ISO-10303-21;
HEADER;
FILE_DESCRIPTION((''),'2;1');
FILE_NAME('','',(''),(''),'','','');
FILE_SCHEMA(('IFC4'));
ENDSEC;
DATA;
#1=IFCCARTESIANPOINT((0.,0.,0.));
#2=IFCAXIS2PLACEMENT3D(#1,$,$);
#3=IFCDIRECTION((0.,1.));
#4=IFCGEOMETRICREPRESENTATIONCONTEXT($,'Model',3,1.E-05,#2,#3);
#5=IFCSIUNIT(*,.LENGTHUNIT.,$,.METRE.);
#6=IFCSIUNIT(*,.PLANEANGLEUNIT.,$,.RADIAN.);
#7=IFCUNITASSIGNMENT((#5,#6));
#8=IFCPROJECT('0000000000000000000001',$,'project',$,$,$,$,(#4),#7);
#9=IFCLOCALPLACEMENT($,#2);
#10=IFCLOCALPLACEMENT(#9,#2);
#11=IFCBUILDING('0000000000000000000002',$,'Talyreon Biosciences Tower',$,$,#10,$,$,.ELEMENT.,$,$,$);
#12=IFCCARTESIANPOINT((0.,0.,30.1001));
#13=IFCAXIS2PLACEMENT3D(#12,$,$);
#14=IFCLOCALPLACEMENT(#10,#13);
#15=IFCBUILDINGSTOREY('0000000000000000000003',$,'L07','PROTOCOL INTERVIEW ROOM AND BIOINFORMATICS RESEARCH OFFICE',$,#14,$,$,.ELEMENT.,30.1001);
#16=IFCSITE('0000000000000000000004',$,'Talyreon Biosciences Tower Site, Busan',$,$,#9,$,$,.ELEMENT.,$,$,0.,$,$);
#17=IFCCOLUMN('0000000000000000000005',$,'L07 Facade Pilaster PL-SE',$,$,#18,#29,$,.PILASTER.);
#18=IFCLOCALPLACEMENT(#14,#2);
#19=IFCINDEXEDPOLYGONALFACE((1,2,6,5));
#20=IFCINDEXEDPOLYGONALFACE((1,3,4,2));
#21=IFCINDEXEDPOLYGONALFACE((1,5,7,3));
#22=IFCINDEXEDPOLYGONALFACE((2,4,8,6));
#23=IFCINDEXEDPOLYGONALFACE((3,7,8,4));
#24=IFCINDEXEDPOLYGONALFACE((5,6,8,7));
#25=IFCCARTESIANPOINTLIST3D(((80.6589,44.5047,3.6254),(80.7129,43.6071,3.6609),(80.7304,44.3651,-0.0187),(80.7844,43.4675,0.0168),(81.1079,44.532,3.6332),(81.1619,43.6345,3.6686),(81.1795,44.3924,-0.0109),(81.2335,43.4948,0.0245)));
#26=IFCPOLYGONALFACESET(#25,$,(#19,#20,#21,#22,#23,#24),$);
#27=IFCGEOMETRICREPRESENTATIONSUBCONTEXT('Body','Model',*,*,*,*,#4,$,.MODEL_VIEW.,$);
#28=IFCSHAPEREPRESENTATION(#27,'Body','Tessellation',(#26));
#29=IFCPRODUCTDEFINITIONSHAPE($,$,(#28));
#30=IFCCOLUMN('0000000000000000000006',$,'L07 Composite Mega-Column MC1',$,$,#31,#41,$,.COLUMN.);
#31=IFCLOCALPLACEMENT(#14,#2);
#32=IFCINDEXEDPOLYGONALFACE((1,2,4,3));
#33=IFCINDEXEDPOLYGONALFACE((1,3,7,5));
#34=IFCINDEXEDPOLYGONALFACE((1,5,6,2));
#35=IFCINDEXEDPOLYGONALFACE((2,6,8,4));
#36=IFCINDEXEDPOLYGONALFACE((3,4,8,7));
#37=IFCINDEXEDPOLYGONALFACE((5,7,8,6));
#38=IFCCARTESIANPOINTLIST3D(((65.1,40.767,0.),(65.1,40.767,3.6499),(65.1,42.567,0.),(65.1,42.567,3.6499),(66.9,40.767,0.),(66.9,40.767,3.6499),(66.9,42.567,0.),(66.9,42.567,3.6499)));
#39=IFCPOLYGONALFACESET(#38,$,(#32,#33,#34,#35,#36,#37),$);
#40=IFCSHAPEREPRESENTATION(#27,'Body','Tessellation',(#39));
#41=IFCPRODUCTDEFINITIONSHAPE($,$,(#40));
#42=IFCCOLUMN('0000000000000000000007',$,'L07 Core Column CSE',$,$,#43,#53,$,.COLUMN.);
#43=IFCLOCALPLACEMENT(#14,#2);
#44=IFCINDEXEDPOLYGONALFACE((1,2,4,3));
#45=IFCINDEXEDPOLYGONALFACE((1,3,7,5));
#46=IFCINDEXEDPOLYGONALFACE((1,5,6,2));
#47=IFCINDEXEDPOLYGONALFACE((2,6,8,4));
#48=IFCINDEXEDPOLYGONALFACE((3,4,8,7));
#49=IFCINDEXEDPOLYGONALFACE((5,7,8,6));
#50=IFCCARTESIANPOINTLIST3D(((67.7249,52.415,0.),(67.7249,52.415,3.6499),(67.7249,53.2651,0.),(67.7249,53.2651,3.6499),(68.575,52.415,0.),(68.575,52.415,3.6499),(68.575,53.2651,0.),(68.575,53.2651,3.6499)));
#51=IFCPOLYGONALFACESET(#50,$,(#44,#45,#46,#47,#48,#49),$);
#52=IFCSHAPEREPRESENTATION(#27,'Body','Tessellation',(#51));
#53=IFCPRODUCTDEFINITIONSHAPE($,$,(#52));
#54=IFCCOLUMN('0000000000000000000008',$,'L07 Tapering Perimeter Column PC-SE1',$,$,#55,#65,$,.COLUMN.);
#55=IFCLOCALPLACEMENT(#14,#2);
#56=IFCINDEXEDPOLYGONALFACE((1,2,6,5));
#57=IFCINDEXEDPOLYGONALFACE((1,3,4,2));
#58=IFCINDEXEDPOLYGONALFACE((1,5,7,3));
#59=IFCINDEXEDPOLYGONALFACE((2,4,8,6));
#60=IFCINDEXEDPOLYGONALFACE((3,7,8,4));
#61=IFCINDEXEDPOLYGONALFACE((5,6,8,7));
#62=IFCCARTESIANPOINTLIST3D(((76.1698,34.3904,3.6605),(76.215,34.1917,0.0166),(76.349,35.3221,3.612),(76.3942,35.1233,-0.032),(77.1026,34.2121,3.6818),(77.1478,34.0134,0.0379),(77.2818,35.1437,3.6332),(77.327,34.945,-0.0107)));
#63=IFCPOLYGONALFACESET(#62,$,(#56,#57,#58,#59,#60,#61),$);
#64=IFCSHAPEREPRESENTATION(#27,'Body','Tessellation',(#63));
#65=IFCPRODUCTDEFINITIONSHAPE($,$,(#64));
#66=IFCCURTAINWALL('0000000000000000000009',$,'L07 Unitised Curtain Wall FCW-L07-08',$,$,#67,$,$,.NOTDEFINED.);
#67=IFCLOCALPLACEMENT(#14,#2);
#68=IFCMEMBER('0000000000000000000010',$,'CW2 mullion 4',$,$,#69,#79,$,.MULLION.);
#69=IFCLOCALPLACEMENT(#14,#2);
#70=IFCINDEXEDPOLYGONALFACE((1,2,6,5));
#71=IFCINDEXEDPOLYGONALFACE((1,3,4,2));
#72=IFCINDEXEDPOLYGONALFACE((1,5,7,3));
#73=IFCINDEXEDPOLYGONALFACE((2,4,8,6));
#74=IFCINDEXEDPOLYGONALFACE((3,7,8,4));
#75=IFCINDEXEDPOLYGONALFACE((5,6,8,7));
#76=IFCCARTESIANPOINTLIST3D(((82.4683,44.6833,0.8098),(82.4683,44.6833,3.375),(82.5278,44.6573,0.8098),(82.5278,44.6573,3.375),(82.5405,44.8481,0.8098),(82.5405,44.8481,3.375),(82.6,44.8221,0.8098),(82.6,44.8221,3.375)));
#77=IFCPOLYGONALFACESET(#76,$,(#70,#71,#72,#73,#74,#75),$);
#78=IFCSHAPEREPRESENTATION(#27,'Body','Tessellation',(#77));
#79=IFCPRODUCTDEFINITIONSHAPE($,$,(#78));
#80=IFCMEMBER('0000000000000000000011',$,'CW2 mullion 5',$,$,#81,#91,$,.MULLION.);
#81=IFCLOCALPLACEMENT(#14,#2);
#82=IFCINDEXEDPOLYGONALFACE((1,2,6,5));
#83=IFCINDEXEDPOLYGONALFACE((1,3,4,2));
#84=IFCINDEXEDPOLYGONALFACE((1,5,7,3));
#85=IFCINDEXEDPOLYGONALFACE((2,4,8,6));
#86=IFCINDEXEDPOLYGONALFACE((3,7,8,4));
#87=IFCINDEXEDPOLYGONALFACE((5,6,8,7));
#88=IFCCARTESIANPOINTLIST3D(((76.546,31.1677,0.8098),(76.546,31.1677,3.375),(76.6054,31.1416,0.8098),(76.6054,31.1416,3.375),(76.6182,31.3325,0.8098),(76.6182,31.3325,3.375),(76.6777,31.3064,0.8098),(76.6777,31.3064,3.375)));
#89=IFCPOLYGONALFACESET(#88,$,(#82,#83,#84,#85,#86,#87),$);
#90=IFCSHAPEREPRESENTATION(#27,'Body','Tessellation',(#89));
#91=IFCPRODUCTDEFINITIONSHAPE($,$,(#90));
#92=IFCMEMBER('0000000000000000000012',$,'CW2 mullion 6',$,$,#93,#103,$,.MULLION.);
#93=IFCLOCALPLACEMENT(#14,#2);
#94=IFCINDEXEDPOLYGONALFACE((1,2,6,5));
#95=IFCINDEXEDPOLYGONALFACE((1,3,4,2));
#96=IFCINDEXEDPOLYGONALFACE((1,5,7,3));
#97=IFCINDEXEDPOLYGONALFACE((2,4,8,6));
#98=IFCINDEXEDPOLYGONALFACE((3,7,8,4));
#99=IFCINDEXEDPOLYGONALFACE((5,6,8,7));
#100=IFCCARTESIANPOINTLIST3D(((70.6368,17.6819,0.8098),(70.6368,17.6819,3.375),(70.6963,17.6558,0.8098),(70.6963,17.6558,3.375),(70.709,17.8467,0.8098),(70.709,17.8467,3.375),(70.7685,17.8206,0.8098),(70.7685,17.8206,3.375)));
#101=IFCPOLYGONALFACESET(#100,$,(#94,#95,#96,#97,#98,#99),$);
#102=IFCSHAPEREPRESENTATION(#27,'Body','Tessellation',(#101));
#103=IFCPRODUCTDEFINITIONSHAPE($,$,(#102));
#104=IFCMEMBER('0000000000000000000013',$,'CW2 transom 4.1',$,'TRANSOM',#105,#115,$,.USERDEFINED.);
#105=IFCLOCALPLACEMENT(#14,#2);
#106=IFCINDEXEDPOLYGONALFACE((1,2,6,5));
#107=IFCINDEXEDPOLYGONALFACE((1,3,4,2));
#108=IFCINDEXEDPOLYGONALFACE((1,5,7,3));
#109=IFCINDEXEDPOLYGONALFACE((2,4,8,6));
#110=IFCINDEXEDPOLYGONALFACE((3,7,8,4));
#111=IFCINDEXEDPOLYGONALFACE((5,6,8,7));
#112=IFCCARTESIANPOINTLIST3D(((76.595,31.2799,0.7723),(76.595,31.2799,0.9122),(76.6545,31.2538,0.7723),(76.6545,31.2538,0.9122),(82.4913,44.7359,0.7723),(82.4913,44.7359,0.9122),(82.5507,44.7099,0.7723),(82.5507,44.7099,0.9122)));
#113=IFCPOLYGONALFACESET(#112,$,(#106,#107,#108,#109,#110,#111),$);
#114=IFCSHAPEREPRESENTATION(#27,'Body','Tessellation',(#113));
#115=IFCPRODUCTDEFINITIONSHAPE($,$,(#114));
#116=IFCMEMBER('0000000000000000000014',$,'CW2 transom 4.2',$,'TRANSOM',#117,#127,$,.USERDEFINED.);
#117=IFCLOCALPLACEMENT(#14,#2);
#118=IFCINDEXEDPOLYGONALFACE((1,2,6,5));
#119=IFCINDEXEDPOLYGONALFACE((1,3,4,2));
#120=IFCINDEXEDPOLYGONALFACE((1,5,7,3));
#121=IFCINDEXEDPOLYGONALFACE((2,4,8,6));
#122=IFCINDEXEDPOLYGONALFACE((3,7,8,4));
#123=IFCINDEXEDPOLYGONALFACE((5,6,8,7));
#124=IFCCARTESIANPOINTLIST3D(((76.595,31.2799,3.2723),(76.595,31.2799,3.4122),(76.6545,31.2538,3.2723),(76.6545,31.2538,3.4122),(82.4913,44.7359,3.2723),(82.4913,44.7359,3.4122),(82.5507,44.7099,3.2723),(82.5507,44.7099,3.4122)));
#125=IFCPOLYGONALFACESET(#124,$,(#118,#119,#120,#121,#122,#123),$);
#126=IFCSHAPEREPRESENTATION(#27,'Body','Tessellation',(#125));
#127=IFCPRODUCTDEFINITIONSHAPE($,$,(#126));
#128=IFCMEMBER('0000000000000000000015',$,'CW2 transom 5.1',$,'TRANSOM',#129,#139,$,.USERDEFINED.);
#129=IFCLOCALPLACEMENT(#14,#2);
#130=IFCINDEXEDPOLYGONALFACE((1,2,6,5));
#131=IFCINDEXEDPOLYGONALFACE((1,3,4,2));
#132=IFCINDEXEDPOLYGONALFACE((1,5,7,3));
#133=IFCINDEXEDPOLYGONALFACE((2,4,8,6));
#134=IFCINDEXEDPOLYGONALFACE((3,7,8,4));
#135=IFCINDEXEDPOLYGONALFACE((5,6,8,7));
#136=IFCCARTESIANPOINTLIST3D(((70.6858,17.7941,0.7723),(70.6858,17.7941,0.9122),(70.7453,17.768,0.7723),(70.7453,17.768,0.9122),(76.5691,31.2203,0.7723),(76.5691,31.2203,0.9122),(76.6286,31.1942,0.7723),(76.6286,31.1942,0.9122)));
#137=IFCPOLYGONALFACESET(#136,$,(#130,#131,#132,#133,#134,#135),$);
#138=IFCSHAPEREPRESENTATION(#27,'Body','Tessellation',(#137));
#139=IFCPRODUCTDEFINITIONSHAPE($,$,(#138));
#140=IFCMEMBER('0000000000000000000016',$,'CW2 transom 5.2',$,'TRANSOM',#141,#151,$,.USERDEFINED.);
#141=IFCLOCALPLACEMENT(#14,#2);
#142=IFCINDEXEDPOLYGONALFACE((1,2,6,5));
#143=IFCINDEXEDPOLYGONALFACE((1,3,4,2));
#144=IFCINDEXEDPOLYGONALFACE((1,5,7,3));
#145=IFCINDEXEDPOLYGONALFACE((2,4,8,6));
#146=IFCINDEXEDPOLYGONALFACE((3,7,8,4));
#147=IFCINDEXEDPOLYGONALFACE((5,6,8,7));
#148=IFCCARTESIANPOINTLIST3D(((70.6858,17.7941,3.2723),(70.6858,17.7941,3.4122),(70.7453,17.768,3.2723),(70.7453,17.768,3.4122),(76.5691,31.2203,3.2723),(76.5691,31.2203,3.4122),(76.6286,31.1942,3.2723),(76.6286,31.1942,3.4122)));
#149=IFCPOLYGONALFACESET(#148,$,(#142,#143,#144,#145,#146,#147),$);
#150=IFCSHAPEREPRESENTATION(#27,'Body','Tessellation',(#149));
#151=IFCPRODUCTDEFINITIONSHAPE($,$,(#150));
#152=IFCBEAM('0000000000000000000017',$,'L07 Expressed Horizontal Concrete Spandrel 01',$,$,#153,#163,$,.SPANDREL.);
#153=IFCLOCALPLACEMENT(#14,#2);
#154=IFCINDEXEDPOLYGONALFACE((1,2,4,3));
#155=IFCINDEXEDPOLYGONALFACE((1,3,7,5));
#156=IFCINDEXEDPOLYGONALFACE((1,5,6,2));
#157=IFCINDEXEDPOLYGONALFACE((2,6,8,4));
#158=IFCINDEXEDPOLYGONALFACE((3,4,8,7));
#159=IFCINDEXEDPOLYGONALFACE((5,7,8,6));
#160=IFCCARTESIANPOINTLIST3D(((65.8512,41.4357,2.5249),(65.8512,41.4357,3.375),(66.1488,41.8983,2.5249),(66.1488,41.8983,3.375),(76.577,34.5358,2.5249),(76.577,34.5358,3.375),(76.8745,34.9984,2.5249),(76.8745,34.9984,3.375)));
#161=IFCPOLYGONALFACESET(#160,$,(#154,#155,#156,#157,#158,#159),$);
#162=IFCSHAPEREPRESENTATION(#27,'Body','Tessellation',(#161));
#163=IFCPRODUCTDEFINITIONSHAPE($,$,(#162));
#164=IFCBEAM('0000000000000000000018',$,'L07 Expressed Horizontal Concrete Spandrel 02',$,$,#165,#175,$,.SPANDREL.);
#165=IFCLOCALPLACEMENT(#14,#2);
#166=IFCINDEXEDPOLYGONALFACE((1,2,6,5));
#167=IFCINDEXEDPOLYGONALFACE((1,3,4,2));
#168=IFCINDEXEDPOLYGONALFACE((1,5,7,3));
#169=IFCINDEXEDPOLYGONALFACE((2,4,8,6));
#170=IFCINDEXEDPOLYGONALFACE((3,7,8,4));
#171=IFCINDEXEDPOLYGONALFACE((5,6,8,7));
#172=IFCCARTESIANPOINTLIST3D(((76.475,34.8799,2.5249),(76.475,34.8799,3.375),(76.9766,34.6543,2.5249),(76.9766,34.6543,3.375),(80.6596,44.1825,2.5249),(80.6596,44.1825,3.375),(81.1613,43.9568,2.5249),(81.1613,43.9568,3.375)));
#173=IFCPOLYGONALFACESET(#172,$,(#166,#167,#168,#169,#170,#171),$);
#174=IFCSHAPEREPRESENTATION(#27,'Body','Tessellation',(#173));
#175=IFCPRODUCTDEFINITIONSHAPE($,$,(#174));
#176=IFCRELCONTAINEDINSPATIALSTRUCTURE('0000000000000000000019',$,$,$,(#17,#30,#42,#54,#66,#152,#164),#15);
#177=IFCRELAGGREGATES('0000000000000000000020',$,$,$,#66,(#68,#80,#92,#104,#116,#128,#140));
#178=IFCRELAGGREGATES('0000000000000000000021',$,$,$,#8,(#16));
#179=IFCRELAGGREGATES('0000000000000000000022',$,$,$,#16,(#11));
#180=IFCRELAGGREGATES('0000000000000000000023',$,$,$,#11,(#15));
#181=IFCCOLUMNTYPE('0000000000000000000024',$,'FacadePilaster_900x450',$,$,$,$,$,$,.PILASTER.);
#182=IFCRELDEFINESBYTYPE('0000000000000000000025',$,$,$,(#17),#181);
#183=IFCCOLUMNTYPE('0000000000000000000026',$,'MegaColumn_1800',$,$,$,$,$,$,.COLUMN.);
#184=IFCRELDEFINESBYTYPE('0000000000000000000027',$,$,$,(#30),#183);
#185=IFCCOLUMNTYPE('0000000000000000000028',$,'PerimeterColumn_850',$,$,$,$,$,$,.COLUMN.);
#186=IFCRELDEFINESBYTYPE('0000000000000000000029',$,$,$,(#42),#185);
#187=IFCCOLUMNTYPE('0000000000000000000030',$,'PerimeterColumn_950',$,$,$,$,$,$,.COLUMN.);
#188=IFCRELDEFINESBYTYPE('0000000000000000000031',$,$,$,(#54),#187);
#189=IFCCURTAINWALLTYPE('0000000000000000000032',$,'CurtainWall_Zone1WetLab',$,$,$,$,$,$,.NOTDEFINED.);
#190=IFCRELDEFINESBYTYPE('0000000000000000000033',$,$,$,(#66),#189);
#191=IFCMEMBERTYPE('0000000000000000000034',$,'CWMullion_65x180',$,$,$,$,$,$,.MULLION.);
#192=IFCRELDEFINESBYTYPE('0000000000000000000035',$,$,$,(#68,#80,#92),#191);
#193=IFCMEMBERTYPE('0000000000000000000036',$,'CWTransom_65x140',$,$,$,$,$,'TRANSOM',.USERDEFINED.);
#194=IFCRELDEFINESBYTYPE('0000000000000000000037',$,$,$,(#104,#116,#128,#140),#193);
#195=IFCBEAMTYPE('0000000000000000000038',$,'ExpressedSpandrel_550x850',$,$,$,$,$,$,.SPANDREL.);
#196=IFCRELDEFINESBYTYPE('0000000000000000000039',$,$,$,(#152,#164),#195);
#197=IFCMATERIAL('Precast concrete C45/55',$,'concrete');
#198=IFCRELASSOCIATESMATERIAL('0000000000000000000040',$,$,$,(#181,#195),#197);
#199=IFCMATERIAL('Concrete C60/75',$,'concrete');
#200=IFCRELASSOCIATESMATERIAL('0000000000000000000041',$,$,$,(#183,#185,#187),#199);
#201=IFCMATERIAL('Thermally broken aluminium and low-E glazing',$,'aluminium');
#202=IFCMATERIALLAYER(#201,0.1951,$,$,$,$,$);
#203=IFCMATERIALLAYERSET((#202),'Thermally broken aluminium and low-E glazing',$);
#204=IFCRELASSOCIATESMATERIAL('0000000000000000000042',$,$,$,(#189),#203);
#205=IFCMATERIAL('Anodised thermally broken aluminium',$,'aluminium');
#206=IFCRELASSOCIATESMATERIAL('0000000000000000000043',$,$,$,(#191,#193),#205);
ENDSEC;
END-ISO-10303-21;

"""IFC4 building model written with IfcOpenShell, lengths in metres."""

from ifc_helpers import new_model, si_unit, direction, frame, origin, origin_2d, place, context, subcontext, project, spatial, rectangle, extrude, material, layer, layer_set, material_profile, profile_set, type_object, element, aggregate, save


model = new_model("IFC4")

# Units and contexts
model_context = context("Model", 3, precision=1e-05, world=origin(), true_north=direction((0.0, 1.0)))
body_context = subcontext(model_context, "Body", "Model", "MODEL_VIEW")
ifc_project = project(units=[si_unit("LENGTHUNIT", "METRE"), si_unit("PLANEANGLEUNIT", "RADIAN")], contexts=[model_context])

# Site, building, storey
site_placement = place(None, origin())
site = spatial("IfcSite", under=ifc_project, at=site_placement, Name="Talyreon Biosciences Tower Site, Busan", CompositionType="ELEMENT", RefElevation=0.0)
building_placement = place(site_placement, origin())
building = spatial("IfcBuilding", under=site, at=building_placement, Name="Talyreon Biosciences Tower", CompositionType="ELEMENT")
storey_placement = place(building_placement, frame((0.0, 0.0, 30.1001)))
storey = spatial("IfcBuildingStorey", under=building, at=storey_placement, Name="L07", Description="PROTOCOL INTERVIEW ROOM AND BIOINFORMATICS RESEARCH OFFICE", CompositionType="ELEMENT", Elevation=30.1001)

# Columns
ifc_material_1 = material(Name="Precast concrete C45/55", Category="concrete")
ifc_material_profile_1 = material_profile(ifc_material_1, rectangle(XDim=0.8999, YDim=0.45, at=origin_2d()), Name="RC 900x450")
ifc_profile_set_1 = profile_set([ifc_material_profile_1], Name="Precast concrete C45/55")
column_type_1 = type_object("IfcColumnType", Name="FacadePilaster_900x450", PredefinedType="PILASTER", material=ifc_profile_set_1)
column_1_placement = place(storey_placement, frame((80.9819, 43.9299, 0.0029), z_axis=(-0.019612, 0.038287, 0.999074), x_axis=(0.060022, -0.997419, 0.039402)))
element("IfcColumn", 1, at=column_1_placement, inside=storey, type_object=column_type_1, Name="L07 Facade Pilaster PL-SE", PredefinedType="PILASTER", context=body_context, shape_type="SweptSolid", body=[
    extrude(rectangle(XDim=0.8999, YDim=0.45, at=origin_2d()), origin(), (0.0, 0.0, 1.0), 3.6475),
])
ifc_material_2 = material(Name="Concrete C60/75", Category="concrete")
ifc_material_profile_2 = material_profile(ifc_material_2, rectangle(XDim=1.8, YDim=1.8, at=origin_2d()), Name="RC 1800x1800")
ifc_profile_set_2 = profile_set([ifc_material_profile_2], Name="Concrete C60/75")
column_type_2 = type_object("IfcColumnType", Name="MegaColumn_1800", PredefinedType="COLUMN", material=ifc_profile_set_2)
column_2_placement = place(storey_placement, frame((66.0, 41.667, 0.0), z_axis=(0.0, 0.0, 1.0), x_axis=(1.0, 0.0, 0.0)))
element("IfcColumn", 2, at=column_2_placement, inside=storey, type_object=column_type_2, Name="L07 Composite Mega-Column MC1", PredefinedType="COLUMN", context=body_context, shape_type="SweptSolid", body=[
    extrude(rectangle(XDim=1.8, YDim=1.8, at=origin_2d()), origin(), (0.0, 0.0, 1.0), 3.6499),
])
ifc_material_profile_3 = material_profile(ifc_material_2, rectangle(XDim=0.8501, YDim=0.8501, at=origin_2d()), Name="RC 850x850")
ifc_profile_set_3 = profile_set([ifc_material_profile_3], Name="Concrete C60/75")
column_type_3 = type_object("IfcColumnType", Name="PerimeterColumn_850", PredefinedType="COLUMN", material=ifc_profile_set_3)
column_3_placement = place(storey_placement, frame((68.1499, 52.8401, 0.0), z_axis=(0.0, 0.0, 1.0), x_axis=(1.0, 0.0, 0.0)))
element("IfcColumn", 3, at=column_3_placement, inside=storey, type_object=column_type_3, Name="L07 Core Column CSE", PredefinedType="COLUMN", context=body_context, shape_type="SweptSolid", body=[
    extrude(rectangle(XDim=0.8501, YDim=0.8501, at=origin_2d()), origin(), (0.0, 0.0, 1.0), 3.6499),
])
ifc_material_profile_4 = material_profile(ifc_material_2, rectangle(XDim=0.95, YDim=0.95, at=origin_2d()), Name="RC 950x950")
ifc_profile_set_4 = profile_set([ifc_material_profile_4], Name="Concrete C60/75")
column_type_4 = type_object("IfcColumnType", Name="PerimeterColumn_950", PredefinedType="COLUMN", material=ifc_profile_set_4)
column_4_placement = place(storey_placement, frame((76.771, 34.5684, 0.0029), z_axis=(-0.012375, 0.054451, 0.99844), x_axis=(-0.188653, -0.980711, 0.051146)))
element("IfcColumn", 4, at=column_4_placement, inside=storey, type_object=column_type_4, Name="L07 Tapering Perimeter Column PC-SE1", PredefinedType="COLUMN", context=body_context, shape_type="SweptSolid", body=[
    extrude(rectangle(XDim=0.95, YDim=0.95, at=origin_2d()), origin(), (0.0, 0.0, 1.0), 3.6497),
])

# Curtain wall, members
ifc_material_3 = material(Name="Thermally broken aluminium and low-E glazing", Category="aluminium")
ifc_layer_1 = layer(ifc_material_3, 0.1951)
ifc_layer_set_1 = layer_set([ifc_layer_1], Name="Thermally broken aluminium and low-E glazing")
curtain_wall_type = type_object("IfcCurtainWallType", Name="CurtainWall_Zone1WetLab", PredefinedType="NOTDEFINED", material=ifc_layer_set_1)
curtain_wall_placement = place(storey_placement, origin())
curtain_wall = element("IfcCurtainWall", 5, at=curtain_wall_placement, inside=storey, type_object=curtain_wall_type, Name="L07 Unitised Curtain Wall FCW-L07-08", PredefinedType="NOTDEFINED")
ifc_material_4 = material(Name="Anodised thermally broken aluminium", Category="aluminium")
ifc_material_profile_5 = material_profile(ifc_material_4, rectangle(XDim=0.0649, YDim=0.1799, at=origin_2d()), Name="ALUM MULLION 65x180")
ifc_profile_set_5 = profile_set([ifc_material_profile_5], Name="Anodised thermally broken aluminium")
member_type_1 = type_object("IfcMemberType", Name="CWMullion_65x180", PredefinedType="MULLION", material=ifc_profile_set_5)
member_1_placement = place(storey_placement, frame((82.5342, 44.7527, 0.8098), z_axis=(0.0, 0.0, 1.0), x_axis=(0.915927, -0.401345, 0.0)))
member_1 = element("IfcMember", 6, at=member_1_placement, type_object=member_type_1, Name="CW2 mullion 4", PredefinedType="MULLION", context=body_context, shape_type="SweptSolid", body=[
    extrude(rectangle(XDim=0.0649, YDim=0.1799, at=origin_2d()), origin(), (0.0, 0.0, 1.0), 2.5652),
])
member_2_placement = place(storey_placement, frame((76.6118, 31.2371, 0.8098), z_axis=(0.0, 0.0, 1.0), x_axis=(0.915927, -0.401345, 0.0)))
member_2 = element("IfcMember", 7, at=member_2_placement, type_object=member_type_1, Name="CW2 mullion 5", PredefinedType="MULLION", context=body_context, shape_type="SweptSolid", body=[
    extrude(rectangle(XDim=0.0649, YDim=0.1799, at=origin_2d()), origin(), (0.0, 0.0, 1.0), 2.5652),
])
member_3_placement = place(storey_placement, frame((70.7026, 17.7512, 0.8098), z_axis=(0.0, 0.0, 1.0), x_axis=(0.915927, -0.401345, 0.0)))
member_3 = element("IfcMember", 8, at=member_3_placement, type_object=member_type_1, Name="CW2 mullion 6", PredefinedType="MULLION", context=body_context, shape_type="SweptSolid", body=[
    extrude(rectangle(XDim=0.0649, YDim=0.1799, at=origin_2d()), origin(), (0.0, 0.0, 1.0), 2.5652),
])
ifc_material_profile_6 = material_profile(ifc_material_4, rectangle(XDim=0.0649, YDim=0.1399, at=origin_2d()), Name="ALUM TRANSOM 65x140")
ifc_profile_set_6 = profile_set([ifc_material_profile_6], Name="Anodised thermally broken aluminium")
member_type_2 = type_object("IfcMemberType", Name="CWTransom_65x140", ElementType="TRANSOM", PredefinedType="USERDEFINED", material=ifc_profile_set_6)
member_4_placement = place(storey_placement, frame((82.521, 44.7229, 0.8423), z_axis=(-0.401345, -0.915927, 0.0), x_axis=(0.915927, -0.401345, 0.0)))
member_4 = element("IfcMember", 9, at=member_4_placement, type_object=member_type_2, Name="CW2 transom 4.1", ObjectType="TRANSOM", PredefinedType="USERDEFINED", context=body_context, shape_type="SweptSolid", body=[
    extrude(rectangle(XDim=0.0649, YDim=0.1399, at=origin_2d()), origin(), (0.0, 0.0, 1.0), 14.6912),
])
member_5_placement = place(storey_placement, frame((82.521, 44.7229, 3.3423), z_axis=(-0.401345, -0.915927, 0.0), x_axis=(0.915927, -0.401345, 0.0)))
member_5 = element("IfcMember", 10, at=member_5_placement, type_object=member_type_2, Name="CW2 transom 4.2", ObjectType="TRANSOM", PredefinedType="USERDEFINED", context=body_context, shape_type="SweptSolid", body=[
    extrude(rectangle(XDim=0.0649, YDim=0.1399, at=origin_2d()), origin(), (0.0, 0.0, 1.0), 14.6912),
])
member_6_placement = place(storey_placement, frame((76.5989, 31.2073, 0.8423), z_axis=(-0.401352, -0.915924, 0.0), x_axis=(0.915924, -0.401352, 0.0)))
member_6 = element("IfcMember", 11, at=member_6_placement, type_object=member_type_2, Name="CW2 transom 5.1", ObjectType="TRANSOM", PredefinedType="USERDEFINED", context=body_context, shape_type="SweptSolid", body=[
    extrude(rectangle(XDim=0.0649, YDim=0.1399, at=origin_2d()), origin(), (0.0, 0.0, 1.0), 14.6587),
])
member_7_placement = place(storey_placement, frame((76.5989, 31.2073, 3.3423), z_axis=(-0.401352, -0.915924, 0.0), x_axis=(0.915924, -0.401352, 0.0)))
member_7 = element("IfcMember", 12, at=member_7_placement, type_object=member_type_2, Name="CW2 transom 5.2", ObjectType="TRANSOM", PredefinedType="USERDEFINED", context=body_context, shape_type="SweptSolid", body=[
    extrude(rectangle(XDim=0.0649, YDim=0.1399, at=origin_2d()), origin(), (0.0, 0.0, 1.0), 14.6587),
])

# Beams
ifc_material_profile_7 = material_profile(ifc_material_1, rectangle(XDim=0.55, YDim=0.8501, at=origin_2d()), Name="RCB 550x850")
ifc_profile_set_7 = profile_set([ifc_material_profile_7], Name="Precast concrete C45/55")
beam_type_1 = type_object("IfcBeamType", Name="ExpressedSpandrel_550x850", PredefinedType="SPANDREL", material=ifc_profile_set_7)
beam_1_placement = place(storey_placement, frame((66.0, 41.667, 2.95), z_axis=(0.84101, -0.54102, 0.0), x_axis=(0.54102, 0.84101, 0.0)))
element("IfcBeam", 13, at=beam_1_placement, inside=storey, type_object=beam_type_1, Name="L07 Expressed Horizontal Concrete Spandrel 01", PredefinedType="SPANDREL", context=body_context, shape_type="SweptSolid", body=[
    extrude(rectangle(XDim=0.55, YDim=0.8501, at=origin_2d()), origin(), (0.0, 0.0, 1.0), 12.7534),
])
beam_2_placement = place(storey_placement, frame((76.7258, 34.7671, 2.95), z_axis=(0.410238, 0.911978, 0.0), x_axis=(-0.911978, 0.410238, 0.0)))
element("IfcBeam", 14, at=beam_2_placement, inside=storey, type_object=beam_type_1, Name="L07 Expressed Horizontal Concrete Spandrel 02", PredefinedType="SPANDREL", context=body_context, shape_type="SweptSolid", body=[
    extrude(rectangle(XDim=0.55, YDim=0.8501, at=origin_2d()), origin(), (0.0, 0.0, 1.0), 10.2004),
])

aggregate(curtain_wall, [member_1, member_2, member_3, member_4, member_5, member_6, member_7])

save(model, "model.ifc")
